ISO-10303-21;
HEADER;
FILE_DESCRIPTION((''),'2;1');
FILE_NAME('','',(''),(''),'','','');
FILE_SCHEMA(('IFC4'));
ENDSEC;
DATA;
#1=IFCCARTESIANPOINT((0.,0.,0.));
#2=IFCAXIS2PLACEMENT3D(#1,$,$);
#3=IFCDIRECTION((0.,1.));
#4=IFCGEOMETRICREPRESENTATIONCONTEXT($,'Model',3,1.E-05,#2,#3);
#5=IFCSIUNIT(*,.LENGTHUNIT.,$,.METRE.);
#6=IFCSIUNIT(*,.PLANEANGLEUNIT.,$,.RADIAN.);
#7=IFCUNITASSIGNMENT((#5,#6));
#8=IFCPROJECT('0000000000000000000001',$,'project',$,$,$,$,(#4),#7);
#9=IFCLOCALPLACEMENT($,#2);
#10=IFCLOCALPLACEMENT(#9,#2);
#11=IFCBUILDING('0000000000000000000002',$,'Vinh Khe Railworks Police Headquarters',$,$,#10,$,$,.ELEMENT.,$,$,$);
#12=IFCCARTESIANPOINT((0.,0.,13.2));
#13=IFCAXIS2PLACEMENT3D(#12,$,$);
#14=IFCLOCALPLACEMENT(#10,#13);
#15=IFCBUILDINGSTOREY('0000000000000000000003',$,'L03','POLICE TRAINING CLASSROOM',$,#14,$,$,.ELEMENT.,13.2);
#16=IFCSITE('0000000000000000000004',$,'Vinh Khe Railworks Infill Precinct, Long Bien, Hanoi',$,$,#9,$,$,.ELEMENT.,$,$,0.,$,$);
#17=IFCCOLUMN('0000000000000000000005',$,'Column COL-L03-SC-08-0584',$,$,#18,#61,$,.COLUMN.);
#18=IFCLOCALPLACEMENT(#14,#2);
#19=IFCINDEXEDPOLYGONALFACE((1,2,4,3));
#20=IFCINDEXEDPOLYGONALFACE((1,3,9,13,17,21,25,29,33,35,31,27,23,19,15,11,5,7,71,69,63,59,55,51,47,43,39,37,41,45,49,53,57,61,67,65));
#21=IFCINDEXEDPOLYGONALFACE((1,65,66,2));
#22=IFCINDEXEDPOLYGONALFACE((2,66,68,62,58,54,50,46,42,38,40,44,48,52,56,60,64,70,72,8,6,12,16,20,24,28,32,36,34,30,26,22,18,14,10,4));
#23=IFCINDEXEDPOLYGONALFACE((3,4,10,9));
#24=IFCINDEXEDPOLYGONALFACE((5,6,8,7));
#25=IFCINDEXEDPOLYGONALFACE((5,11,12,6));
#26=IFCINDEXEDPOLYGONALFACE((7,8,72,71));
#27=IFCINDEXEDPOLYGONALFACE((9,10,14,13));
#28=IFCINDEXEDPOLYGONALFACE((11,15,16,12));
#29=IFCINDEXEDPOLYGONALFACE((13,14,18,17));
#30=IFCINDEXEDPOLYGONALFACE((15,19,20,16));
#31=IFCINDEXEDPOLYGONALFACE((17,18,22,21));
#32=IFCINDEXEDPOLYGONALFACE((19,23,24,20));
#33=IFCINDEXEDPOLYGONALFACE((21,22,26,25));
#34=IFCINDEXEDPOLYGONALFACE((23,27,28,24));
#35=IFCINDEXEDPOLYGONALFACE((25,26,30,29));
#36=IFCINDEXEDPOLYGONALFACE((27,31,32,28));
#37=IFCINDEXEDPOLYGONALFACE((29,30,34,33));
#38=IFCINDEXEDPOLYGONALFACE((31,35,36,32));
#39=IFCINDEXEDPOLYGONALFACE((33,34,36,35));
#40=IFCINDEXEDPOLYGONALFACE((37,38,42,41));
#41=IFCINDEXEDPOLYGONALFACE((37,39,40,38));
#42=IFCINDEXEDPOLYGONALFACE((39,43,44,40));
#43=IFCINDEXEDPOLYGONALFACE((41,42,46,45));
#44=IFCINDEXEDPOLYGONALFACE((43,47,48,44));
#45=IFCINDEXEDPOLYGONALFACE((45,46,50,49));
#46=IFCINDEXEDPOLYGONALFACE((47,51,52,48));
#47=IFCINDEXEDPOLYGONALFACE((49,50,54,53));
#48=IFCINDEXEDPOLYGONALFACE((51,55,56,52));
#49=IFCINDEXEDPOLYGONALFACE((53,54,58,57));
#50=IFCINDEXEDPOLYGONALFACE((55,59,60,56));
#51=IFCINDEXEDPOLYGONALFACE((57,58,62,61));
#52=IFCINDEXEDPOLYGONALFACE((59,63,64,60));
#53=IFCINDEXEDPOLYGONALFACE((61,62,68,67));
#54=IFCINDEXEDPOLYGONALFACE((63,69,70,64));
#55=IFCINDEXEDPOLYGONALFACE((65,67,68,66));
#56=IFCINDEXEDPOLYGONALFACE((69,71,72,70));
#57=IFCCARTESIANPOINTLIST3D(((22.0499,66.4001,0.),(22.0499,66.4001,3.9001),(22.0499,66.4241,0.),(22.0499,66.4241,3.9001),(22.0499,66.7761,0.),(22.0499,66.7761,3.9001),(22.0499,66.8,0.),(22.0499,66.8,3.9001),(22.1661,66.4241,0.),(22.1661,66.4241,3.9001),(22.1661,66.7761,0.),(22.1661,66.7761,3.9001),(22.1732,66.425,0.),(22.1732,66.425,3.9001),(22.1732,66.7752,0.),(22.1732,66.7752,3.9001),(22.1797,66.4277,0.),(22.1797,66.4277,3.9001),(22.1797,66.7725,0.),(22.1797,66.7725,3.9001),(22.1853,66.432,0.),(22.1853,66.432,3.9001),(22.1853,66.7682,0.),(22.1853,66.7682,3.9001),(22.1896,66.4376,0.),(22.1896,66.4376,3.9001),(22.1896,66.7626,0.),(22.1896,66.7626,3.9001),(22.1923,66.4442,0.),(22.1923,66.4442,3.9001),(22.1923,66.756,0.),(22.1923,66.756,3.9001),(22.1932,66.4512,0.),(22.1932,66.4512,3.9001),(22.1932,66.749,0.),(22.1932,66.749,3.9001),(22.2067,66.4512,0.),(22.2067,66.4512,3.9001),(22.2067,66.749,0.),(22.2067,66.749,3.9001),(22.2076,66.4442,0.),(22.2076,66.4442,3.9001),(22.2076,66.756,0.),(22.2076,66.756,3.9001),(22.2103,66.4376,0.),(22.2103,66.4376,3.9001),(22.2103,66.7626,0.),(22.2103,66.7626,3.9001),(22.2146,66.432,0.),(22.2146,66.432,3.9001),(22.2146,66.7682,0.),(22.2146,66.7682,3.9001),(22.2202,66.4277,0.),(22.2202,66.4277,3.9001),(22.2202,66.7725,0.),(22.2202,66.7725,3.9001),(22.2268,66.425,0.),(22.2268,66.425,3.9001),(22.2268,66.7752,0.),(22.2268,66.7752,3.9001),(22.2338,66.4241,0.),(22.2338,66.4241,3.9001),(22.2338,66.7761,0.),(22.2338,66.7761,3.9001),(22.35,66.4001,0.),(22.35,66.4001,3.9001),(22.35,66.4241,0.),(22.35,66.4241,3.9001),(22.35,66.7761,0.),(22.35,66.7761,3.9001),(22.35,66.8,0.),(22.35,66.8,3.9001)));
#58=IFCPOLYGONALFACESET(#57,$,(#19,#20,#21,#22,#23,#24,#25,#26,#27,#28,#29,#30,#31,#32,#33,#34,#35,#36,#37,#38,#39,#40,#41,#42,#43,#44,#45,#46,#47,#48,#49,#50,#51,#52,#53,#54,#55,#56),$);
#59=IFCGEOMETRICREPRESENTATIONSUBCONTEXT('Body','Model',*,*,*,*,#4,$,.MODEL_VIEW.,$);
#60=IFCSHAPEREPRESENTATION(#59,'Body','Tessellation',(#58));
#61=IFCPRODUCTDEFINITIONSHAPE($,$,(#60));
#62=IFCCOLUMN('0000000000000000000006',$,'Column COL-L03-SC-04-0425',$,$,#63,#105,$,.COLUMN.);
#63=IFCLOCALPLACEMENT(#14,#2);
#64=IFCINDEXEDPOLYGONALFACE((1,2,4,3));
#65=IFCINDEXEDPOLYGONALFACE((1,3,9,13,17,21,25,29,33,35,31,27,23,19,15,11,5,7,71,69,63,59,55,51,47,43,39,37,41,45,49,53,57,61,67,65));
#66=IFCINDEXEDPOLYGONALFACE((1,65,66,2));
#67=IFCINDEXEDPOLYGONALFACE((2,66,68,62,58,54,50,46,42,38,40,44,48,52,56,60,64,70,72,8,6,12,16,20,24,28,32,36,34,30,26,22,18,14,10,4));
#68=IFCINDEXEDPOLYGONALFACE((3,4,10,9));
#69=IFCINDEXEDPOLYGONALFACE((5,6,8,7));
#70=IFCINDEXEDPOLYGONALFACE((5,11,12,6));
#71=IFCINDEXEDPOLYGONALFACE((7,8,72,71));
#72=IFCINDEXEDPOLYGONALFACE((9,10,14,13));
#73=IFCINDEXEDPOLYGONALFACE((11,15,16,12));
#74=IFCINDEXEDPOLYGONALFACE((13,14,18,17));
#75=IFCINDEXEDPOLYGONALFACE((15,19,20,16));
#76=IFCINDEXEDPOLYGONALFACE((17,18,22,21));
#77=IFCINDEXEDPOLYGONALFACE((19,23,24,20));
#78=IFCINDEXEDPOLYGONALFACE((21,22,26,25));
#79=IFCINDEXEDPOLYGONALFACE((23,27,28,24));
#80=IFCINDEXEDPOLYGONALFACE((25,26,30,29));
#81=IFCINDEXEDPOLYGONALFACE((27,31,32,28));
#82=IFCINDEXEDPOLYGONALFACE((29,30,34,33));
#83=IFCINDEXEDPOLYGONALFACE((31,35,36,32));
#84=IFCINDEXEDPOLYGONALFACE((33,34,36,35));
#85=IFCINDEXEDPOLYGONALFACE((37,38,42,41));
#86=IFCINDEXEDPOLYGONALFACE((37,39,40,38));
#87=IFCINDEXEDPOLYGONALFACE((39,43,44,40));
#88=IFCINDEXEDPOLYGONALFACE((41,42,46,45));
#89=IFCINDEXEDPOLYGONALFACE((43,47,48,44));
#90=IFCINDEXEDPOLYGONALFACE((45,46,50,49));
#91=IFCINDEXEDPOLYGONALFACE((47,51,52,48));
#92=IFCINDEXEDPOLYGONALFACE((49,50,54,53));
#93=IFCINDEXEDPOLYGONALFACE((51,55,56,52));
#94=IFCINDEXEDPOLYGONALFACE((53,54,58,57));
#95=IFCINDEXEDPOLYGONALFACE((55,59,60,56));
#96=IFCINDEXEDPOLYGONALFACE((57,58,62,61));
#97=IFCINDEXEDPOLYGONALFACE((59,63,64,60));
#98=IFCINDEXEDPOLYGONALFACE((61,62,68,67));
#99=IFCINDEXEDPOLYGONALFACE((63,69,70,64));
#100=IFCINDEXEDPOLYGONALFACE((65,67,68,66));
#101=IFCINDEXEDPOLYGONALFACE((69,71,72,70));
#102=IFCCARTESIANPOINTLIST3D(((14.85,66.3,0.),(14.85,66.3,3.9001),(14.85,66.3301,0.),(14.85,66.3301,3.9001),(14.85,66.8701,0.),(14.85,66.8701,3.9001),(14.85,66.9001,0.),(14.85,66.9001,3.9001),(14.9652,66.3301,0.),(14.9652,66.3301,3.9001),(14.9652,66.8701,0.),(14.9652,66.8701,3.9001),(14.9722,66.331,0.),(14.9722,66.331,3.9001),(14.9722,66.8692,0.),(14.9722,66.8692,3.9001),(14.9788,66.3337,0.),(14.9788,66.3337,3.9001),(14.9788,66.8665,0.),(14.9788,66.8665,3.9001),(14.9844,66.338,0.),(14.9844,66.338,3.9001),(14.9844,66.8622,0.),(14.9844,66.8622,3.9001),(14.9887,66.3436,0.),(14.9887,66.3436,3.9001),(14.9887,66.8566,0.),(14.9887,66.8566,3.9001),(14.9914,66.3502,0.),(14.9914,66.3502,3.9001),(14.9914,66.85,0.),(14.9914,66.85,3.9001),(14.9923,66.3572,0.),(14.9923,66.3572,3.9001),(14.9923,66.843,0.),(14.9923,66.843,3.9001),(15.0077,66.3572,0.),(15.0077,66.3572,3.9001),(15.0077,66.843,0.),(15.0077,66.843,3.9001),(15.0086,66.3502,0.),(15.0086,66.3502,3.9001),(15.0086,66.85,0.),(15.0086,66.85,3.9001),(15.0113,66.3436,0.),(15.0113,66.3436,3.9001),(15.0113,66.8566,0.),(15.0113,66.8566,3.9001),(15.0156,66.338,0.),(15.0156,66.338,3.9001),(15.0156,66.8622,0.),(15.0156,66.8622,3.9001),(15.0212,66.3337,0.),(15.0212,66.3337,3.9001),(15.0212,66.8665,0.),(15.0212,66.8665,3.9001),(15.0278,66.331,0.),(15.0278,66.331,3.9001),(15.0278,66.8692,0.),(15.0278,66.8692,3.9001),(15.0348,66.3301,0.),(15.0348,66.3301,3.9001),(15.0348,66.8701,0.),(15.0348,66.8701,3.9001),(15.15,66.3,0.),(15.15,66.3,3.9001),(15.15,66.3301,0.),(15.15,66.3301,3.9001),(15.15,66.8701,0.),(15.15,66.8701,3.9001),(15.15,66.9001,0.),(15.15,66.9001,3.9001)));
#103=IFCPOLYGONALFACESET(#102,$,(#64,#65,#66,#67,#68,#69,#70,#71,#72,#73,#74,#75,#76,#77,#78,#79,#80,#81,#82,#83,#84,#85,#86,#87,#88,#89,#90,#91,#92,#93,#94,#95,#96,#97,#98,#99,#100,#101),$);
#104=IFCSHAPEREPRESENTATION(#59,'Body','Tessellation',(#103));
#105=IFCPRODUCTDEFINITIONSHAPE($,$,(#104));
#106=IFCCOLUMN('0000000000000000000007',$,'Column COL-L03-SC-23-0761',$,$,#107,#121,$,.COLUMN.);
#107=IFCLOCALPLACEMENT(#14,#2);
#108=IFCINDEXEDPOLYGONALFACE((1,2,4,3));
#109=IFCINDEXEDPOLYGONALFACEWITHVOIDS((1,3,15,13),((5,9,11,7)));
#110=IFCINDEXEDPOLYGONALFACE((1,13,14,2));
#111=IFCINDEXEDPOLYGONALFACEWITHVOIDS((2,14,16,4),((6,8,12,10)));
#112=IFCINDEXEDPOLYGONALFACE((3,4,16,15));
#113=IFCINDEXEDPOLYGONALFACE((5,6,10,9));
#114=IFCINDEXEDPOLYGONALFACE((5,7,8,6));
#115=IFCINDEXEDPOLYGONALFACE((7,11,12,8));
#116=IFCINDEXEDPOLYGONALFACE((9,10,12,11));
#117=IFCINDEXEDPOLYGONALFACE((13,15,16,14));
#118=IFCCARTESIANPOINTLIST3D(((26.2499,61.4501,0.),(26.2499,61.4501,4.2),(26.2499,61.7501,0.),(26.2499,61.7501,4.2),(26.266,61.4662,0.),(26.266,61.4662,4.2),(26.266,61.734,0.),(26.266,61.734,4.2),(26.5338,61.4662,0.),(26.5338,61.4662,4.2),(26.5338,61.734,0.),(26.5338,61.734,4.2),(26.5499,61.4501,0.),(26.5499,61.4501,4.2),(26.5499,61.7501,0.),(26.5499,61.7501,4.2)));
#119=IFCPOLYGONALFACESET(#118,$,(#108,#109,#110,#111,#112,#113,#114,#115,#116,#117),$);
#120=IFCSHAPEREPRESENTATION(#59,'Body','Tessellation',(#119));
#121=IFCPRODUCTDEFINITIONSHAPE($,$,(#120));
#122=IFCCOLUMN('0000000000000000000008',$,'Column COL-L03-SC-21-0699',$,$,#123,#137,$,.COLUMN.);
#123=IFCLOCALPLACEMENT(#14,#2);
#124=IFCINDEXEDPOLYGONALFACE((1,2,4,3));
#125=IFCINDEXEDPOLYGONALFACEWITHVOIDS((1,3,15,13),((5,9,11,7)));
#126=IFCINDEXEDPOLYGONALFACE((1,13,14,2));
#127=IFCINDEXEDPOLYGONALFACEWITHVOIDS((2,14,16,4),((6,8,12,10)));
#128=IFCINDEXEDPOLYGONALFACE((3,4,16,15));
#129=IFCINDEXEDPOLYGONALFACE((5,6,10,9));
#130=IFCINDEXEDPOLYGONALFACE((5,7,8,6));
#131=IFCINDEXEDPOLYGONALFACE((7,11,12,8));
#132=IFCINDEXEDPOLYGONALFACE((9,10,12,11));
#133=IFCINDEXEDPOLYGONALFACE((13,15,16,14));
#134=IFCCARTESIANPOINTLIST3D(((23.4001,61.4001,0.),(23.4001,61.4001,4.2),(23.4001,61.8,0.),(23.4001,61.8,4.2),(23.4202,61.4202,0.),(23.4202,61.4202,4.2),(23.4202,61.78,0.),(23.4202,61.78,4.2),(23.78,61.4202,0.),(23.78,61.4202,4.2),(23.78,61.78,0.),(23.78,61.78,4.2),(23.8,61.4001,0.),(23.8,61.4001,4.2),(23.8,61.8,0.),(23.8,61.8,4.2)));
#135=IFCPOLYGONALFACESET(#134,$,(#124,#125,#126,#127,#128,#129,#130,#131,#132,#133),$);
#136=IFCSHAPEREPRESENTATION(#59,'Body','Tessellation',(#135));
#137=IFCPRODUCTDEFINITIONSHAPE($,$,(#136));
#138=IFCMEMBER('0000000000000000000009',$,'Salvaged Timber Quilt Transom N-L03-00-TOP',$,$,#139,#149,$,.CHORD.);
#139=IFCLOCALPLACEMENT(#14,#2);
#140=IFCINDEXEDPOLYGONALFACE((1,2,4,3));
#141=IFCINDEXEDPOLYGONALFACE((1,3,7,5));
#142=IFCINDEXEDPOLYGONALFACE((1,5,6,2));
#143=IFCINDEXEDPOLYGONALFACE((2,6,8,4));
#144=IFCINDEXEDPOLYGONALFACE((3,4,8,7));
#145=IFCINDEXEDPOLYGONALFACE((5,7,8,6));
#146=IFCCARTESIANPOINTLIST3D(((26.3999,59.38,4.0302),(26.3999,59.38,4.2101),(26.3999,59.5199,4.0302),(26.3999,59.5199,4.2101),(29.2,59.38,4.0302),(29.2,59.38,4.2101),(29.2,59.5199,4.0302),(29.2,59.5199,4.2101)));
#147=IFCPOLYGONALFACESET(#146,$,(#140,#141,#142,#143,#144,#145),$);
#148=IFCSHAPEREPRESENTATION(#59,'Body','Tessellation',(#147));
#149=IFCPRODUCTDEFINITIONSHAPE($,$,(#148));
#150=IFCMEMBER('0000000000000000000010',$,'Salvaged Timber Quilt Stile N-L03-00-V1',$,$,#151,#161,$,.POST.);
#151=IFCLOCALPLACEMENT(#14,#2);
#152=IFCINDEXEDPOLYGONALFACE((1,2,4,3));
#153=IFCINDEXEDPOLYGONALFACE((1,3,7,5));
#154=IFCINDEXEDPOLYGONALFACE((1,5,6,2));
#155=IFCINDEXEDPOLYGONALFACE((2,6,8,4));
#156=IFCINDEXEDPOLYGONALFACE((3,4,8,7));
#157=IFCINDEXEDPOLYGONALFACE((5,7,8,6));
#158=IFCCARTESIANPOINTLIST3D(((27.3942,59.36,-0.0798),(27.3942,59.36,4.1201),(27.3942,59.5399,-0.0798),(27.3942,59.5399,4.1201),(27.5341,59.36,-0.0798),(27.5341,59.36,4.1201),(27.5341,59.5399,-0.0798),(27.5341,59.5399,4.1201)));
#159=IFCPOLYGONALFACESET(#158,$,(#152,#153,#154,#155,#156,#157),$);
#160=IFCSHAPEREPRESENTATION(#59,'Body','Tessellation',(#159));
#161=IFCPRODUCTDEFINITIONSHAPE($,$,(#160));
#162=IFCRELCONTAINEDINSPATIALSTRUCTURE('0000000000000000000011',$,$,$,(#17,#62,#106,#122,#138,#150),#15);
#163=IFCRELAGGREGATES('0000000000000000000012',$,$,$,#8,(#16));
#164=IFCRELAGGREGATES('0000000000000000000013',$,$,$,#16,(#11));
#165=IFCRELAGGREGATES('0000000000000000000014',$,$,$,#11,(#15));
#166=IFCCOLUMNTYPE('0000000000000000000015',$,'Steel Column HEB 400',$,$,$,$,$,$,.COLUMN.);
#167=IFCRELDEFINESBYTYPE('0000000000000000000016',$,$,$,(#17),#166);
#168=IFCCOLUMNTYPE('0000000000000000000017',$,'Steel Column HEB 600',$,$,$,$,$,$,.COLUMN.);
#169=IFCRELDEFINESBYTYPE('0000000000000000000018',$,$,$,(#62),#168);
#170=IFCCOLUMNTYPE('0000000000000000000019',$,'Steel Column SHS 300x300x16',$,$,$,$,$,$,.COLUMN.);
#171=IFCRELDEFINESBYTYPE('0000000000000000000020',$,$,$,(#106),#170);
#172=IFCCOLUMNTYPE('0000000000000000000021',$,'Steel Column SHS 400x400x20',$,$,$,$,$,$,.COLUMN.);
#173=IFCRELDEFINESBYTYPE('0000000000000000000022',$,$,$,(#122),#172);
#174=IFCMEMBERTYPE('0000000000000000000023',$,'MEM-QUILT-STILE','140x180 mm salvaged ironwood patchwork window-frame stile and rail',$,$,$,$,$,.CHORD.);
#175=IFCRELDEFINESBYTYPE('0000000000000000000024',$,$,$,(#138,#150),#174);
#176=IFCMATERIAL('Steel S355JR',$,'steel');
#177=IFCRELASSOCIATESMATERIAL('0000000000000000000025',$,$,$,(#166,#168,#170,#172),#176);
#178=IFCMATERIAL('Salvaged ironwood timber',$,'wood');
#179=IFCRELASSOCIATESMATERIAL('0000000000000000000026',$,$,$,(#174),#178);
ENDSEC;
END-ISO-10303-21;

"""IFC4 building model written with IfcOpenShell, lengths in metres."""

from ifc_helpers import new_model, si_unit, direction, frame, origin, origin_2d, place, context, subcontext, project, spatial, rectangle, hollow_rectangle, i_section, extrude, material, material_profile, profile_set, type_object, element, save


model = new_model("IFC4")

# Units and contexts
model_context = context("Model", 3, precision=1e-05, world=origin(), true_north=direction((0.0, 1.0)))
body_context = subcontext(model_context, "Body", "Model", "MODEL_VIEW")
ifc_project = project(units=[si_unit("LENGTHUNIT", "METRE"), si_unit("PLANEANGLEUNIT", "RADIAN")], contexts=[model_context])

# Site, building, storey
site_placement = place(None, origin())
site = spatial("IfcSite", under=ifc_project, at=site_placement, Name="Vinh Khe Railworks Infill Precinct, Long Bien, Hanoi", CompositionType="ELEMENT", RefElevation=0.0)
building_placement = place(site_placement, origin())
building = spatial("IfcBuilding", under=site, at=building_placement, Name="Vinh Khe Railworks Police Headquarters", CompositionType="ELEMENT")
storey_placement = place(building_placement, frame((0.0, 0.0, 13.2)))
storey = spatial("IfcBuildingStorey", under=building, at=storey_placement, Name="L03", Description="POLICE TRAINING CLASSROOM", CompositionType="ELEMENT", Elevation=13.2)

# Columns
ifc_material_1 = material(Name="Steel S355JR", Category="steel")
ifc_material_profile_1 = material_profile(ifc_material_1, i_section(OverallWidth=0.3, OverallDepth=0.3999, WebThickness=0.0134, FlangeThickness=0.0239, FilletRadius=0.0271, at=origin_2d()), Name="HEB 400")
ifc_profile_set_1 = profile_set([ifc_material_profile_1], Name="Steel S355JR")
column_type_1 = type_object("IfcColumnType", Name="Steel Column HEB 400", PredefinedType="COLUMN", material=ifc_profile_set_1)
column_1_placement = place(storey_placement, frame((22.2, 66.6001, 0.0), z_axis=(0.0, 0.0, 1.0), x_axis=(1.0, 0.0, 0.0)))
element("IfcColumn", 1, at=column_1_placement, inside=storey, type_object=column_type_1, Name="Column COL-L03-SC-08-0584", PredefinedType="COLUMN", context=body_context, shape_type="SweptSolid", body=[
    extrude(i_section(OverallWidth=0.3, OverallDepth=0.3999, WebThickness=0.0134, FlangeThickness=0.0239, FilletRadius=0.0271, at=origin_2d()), origin(), (0.0, 0.0, 1.0), 3.9001),
])
ifc_material_profile_2 = material_profile(ifc_material_1, i_section(OverallWidth=0.3, OverallDepth=0.6001, WebThickness=0.0154, FlangeThickness=0.03, FilletRadius=0.0271, at=origin_2d()), Name="HEB 600")
ifc_profile_set_2 = profile_set([ifc_material_profile_2], Name="Steel S355JR")
column_type_2 = type_object("IfcColumnType", Name="Steel Column HEB 600", PredefinedType="COLUMN", material=ifc_profile_set_2)
column_2_placement = place(storey_placement, frame((15.0, 66.6001, 0.0), z_axis=(0.0, 0.0, 1.0), x_axis=(1.0, 0.0, 0.0)))
element("IfcColumn", 2, at=column_2_placement, inside=storey, type_object=column_type_2, Name="Column COL-L03-SC-04-0425", PredefinedType="COLUMN", context=body_context, shape_type="SweptSolid", body=[
    extrude(i_section(OverallWidth=0.3, OverallDepth=0.6001, WebThickness=0.0154, FlangeThickness=0.03, FilletRadius=0.0271, at=origin_2d()), origin(), (0.0, 0.0, 1.0), 3.9001),
])
ifc_material_profile_3 = material_profile(ifc_material_1, hollow_rectangle(XDim=0.3, YDim=0.3, WallThickness=0.0161, at=origin_2d()), Name="SHS 300x300x16")
ifc_profile_set_3 = profile_set([ifc_material_profile_3], Name="Steel S355JR")
column_type_3 = type_object("IfcColumnType", Name="Steel Column SHS 300x300x16", PredefinedType="COLUMN", material=ifc_profile_set_3)
column_3_placement = place(storey_placement, frame((26.3999, 61.6001, 0.0), z_axis=(0.0, 0.0, 1.0), x_axis=(1.0, 0.0, 0.0)))
element("IfcColumn", 3, at=column_3_placement, inside=storey, type_object=column_type_3, Name="Column COL-L03-SC-23-0761", PredefinedType="COLUMN", context=body_context, shape_type="SweptSolid", body=[
    extrude(hollow_rectangle(XDim=0.3, YDim=0.3, WallThickness=0.0161, at=origin_2d()), origin(), (0.0, 0.0, 1.0), 4.2),
])
ifc_material_profile_4 = material_profile(ifc_material_1, hollow_rectangle(XDim=0.3999, YDim=0.3999, WallThickness=0.02, at=origin_2d()), Name="SHS 400x400x20")
ifc_profile_set_4 = profile_set([ifc_material_profile_4], Name="Steel S355JR")
column_type_4 = type_object("IfcColumnType", Name="Steel Column SHS 400x400x20", PredefinedType="COLUMN", material=ifc_profile_set_4)
column_4_placement = place(storey_placement, frame((23.6001, 61.6001, 0.0), z_axis=(0.0, 0.0, 1.0), x_axis=(1.0, 0.0, 0.0)))
element("IfcColumn", 4, at=column_4_placement, inside=storey, type_object=column_type_4, Name="Column COL-L03-SC-21-0699", PredefinedType="COLUMN", context=body_context, shape_type="SweptSolid", body=[
    extrude(hollow_rectangle(XDim=0.3999, YDim=0.3999, WallThickness=0.02, at=origin_2d()), origin(), (0.0, 0.0, 1.0), 4.2),
])

# Members
ifc_material_2 = material(Name="Salvaged ironwood timber", Category="wood")
ifc_material_profile_5 = material_profile(ifc_material_2, rectangle(XDim=0.1399, YDim=0.1799, at=origin_2d()), Name="TIMBER 140x180")
ifc_profile_set_5 = profile_set([ifc_material_profile_5], Name="Salvaged ironwood timber")
member_type = type_object("IfcMemberType", Name="MEM-QUILT-STILE", Description="140x180 mm salvaged ironwood patchwork window-frame stile and rail", PredefinedType="CHORD", material=ifc_profile_set_5)
member_1_placement = place(storey_placement, frame((26.3999, 59.45, 4.1201), z_axis=(1.0, 0.0, 0.0), x_axis=(0.0, 1.0, 0.0)))
element("IfcMember", 5, at=member_1_placement, inside=storey, type_object=member_type, Name="Salvaged Timber Quilt Transom N-L03-00-TOP", PredefinedType="CHORD", context=body_context, shape_type="SweptSolid", body=[
    extrude(rectangle(XDim=0.1399, YDim=0.1799, at=origin_2d()), origin(), (0.0, 0.0, 1.0), 2.8),
])
member_2_placement = place(storey_placement, frame((27.4641, 59.45, -0.0798), z_axis=(0.0, 0.0, 1.0), x_axis=(1.0, 0.0, 0.0)))
element("IfcMember", 6, at=member_2_placement, inside=storey, type_object=member_type, Name="Salvaged Timber Quilt Stile N-L03-00-V1", PredefinedType="POST", context=body_context, shape_type="SweptSolid", body=[
    extrude(rectangle(XDim=0.1399, YDim=0.1799, at=origin_2d()), origin(), (0.0, 0.0, 1.0), 4.2),
])

save(model, "model.ifc")
